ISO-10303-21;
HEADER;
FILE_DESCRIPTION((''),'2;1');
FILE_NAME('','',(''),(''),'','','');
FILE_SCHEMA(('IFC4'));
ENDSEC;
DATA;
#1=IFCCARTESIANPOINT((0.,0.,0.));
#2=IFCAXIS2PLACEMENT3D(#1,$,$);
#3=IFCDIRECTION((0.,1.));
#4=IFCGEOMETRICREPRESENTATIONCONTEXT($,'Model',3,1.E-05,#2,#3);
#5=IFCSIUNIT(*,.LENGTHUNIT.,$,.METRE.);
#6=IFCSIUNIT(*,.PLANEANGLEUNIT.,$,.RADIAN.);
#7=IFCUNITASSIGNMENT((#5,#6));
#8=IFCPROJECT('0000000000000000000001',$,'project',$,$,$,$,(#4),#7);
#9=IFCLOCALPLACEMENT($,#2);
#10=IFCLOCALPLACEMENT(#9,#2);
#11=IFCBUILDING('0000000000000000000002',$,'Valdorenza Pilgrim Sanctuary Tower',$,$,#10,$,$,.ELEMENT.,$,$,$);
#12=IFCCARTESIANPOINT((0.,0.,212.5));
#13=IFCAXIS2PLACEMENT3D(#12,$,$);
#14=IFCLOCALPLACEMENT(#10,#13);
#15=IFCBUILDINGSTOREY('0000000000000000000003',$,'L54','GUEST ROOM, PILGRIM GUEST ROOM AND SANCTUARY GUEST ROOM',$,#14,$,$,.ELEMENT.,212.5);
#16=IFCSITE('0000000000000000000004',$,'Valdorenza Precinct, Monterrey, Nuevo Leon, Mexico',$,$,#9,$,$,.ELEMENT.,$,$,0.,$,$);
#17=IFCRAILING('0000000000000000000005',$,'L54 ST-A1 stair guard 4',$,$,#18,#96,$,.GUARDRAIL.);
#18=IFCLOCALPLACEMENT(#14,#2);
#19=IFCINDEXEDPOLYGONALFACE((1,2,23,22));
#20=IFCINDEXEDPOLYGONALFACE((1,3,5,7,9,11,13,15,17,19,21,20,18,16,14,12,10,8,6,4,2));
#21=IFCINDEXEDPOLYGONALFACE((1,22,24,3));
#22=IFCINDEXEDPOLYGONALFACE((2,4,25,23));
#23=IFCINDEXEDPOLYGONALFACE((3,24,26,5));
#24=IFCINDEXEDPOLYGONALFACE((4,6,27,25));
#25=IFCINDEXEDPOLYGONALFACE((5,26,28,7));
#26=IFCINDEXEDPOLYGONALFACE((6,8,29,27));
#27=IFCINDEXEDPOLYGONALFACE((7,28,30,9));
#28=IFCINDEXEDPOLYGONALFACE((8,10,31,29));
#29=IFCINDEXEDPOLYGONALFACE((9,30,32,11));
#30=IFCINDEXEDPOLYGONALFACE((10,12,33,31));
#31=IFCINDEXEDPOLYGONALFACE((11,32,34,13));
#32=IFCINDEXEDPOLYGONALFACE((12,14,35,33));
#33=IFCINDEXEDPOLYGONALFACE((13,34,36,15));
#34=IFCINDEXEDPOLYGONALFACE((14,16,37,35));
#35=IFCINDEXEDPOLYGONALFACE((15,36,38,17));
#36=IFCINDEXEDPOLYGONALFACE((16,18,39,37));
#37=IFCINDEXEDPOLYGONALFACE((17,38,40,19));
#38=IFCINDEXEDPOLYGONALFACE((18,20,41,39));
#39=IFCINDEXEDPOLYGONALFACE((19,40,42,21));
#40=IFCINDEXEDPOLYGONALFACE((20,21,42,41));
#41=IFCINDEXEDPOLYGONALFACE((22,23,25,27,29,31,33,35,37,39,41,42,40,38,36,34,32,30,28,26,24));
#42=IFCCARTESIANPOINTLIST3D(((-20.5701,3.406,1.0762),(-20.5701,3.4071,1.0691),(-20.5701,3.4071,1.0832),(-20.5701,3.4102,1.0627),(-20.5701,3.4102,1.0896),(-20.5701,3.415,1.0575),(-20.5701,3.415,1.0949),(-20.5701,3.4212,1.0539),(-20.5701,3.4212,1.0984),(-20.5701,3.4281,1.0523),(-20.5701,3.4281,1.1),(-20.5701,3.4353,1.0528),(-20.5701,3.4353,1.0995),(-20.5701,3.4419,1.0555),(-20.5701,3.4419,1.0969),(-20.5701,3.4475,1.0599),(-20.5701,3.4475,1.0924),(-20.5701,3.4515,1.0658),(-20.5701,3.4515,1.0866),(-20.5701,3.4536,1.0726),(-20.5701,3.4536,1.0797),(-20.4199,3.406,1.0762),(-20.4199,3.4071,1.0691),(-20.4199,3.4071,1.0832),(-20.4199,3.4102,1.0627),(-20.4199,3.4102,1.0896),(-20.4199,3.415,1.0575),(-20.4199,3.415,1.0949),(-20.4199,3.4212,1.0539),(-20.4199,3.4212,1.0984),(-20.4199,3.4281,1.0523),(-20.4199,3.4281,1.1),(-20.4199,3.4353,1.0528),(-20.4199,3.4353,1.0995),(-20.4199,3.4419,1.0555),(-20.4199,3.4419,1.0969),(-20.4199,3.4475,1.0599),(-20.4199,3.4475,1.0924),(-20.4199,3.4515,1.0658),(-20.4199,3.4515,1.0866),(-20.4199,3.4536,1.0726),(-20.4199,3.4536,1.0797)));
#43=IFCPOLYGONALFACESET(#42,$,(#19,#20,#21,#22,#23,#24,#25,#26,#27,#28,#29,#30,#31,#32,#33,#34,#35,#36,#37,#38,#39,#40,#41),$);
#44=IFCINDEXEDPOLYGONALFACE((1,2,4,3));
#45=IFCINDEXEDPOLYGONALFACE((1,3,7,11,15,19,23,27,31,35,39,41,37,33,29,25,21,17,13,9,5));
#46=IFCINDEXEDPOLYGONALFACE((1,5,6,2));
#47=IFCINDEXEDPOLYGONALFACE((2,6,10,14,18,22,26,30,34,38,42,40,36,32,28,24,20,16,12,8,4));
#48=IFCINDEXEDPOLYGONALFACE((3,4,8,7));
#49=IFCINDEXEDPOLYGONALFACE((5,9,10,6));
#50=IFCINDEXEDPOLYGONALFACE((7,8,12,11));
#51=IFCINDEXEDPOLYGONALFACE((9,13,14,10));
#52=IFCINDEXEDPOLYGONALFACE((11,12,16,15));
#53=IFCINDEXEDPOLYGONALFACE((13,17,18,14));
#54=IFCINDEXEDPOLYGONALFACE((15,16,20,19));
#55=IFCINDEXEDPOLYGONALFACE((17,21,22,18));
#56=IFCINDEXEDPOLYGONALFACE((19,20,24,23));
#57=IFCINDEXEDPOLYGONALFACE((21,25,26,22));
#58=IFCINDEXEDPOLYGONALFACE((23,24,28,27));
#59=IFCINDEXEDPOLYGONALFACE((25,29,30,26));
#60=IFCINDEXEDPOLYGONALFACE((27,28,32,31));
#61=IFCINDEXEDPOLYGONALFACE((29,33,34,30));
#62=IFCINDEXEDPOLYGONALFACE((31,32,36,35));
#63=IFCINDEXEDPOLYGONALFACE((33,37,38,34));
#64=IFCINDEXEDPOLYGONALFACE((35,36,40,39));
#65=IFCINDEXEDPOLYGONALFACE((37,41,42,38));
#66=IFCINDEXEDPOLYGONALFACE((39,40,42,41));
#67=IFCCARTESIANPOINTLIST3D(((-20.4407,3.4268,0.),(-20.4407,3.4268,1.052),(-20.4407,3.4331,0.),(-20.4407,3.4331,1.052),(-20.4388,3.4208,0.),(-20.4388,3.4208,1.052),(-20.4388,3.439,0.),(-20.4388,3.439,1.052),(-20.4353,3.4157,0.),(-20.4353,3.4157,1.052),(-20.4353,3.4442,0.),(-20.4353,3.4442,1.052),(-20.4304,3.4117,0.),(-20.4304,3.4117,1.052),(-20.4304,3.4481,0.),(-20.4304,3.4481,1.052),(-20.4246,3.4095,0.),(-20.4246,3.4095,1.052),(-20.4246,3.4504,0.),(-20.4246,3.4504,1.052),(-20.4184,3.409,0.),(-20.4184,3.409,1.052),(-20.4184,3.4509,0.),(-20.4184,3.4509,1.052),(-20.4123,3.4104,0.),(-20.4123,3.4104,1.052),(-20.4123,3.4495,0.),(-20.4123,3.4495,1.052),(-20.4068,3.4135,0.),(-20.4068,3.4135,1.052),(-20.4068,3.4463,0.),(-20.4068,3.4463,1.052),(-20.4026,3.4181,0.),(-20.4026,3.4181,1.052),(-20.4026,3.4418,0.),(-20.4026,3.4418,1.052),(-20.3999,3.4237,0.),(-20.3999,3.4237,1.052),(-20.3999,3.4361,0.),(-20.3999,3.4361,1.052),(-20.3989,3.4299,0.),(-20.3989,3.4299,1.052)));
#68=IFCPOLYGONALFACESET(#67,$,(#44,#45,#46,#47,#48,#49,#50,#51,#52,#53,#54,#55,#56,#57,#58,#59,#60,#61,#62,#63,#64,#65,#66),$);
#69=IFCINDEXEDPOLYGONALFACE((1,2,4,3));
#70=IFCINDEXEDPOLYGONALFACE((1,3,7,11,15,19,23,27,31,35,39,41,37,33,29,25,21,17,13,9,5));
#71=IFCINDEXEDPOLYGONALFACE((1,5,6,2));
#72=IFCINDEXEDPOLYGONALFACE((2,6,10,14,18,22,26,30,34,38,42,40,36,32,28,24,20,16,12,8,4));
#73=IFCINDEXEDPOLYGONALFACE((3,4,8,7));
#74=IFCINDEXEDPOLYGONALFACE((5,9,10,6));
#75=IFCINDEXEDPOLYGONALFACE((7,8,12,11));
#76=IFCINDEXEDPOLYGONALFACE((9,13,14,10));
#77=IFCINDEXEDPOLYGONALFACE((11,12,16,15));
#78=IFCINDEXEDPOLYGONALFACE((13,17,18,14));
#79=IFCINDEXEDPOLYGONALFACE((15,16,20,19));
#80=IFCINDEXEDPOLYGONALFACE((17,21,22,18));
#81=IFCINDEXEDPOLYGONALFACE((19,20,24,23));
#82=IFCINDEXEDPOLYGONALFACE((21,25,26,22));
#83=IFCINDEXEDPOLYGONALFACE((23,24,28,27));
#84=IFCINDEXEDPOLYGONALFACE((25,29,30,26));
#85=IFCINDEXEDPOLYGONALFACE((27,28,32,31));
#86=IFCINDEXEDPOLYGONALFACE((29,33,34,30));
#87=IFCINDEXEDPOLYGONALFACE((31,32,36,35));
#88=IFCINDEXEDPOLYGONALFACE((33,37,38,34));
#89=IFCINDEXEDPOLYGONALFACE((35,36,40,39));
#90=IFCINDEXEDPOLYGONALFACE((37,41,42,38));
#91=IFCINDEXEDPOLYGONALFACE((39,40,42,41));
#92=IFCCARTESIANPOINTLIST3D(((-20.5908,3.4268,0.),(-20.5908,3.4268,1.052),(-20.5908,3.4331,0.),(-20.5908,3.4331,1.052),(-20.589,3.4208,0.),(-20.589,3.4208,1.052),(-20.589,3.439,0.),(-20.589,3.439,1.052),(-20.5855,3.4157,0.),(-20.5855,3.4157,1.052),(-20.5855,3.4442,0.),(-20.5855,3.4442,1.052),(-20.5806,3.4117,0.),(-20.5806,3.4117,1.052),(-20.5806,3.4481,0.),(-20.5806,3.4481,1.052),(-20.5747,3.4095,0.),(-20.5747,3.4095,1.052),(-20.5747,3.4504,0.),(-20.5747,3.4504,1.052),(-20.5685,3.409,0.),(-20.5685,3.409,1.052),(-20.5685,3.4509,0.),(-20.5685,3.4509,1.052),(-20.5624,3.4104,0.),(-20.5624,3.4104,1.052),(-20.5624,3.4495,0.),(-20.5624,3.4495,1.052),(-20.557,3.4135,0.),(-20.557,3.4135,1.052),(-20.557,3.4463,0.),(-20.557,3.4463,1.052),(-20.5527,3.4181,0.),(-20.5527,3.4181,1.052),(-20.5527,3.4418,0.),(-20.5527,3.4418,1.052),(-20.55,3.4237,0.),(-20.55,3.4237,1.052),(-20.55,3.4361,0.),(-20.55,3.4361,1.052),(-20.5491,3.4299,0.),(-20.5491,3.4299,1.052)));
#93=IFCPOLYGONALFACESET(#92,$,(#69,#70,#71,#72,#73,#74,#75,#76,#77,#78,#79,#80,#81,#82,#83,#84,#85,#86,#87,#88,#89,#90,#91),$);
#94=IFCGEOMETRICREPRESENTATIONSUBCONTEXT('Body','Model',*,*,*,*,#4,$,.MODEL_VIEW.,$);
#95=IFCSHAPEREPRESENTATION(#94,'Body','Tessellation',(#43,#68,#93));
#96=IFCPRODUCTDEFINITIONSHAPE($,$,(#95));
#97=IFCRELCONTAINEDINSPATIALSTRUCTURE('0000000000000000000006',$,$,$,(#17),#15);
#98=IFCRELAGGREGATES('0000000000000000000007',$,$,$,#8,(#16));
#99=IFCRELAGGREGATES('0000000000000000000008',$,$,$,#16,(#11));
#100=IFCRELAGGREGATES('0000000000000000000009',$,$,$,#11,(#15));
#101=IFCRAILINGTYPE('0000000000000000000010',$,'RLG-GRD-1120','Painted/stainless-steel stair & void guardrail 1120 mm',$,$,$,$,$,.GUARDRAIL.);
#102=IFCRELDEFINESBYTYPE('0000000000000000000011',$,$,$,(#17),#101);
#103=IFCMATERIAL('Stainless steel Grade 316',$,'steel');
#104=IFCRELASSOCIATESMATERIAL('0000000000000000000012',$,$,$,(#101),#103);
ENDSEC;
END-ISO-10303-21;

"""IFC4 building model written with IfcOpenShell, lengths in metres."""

from ifc_helpers import new_model, si_unit, direction, frame, origin, origin_2d, place, context, subcontext, project, spatial, circle, extrude, material, type_object, element, save


model = new_model("IFC4")

# Units and contexts
model_context = context("Model", 3, precision=1e-05, world=origin(), true_north=direction((0.0, 1.0)))
body_context = subcontext(model_context, "Body", "Model", "MODEL_VIEW")
ifc_project = project(units=[si_unit("LENGTHUNIT", "METRE"), si_unit("PLANEANGLEUNIT", "RADIAN")], contexts=[model_context])

# Site, building, storey
site_placement = place(None, origin())
site = spatial("IfcSite", under=ifc_project, at=site_placement, Name="Valdorenza Precinct, Monterrey, Nuevo Leon, Mexico", CompositionType="ELEMENT", RefElevation=0.0)
building_placement = place(site_placement, origin())
building = spatial("IfcBuilding", under=site, at=building_placement, Name="Valdorenza Pilgrim Sanctuary Tower", CompositionType="ELEMENT")
storey_placement = place(building_placement, frame((0.0, 0.0, 212.5)))
storey = spatial("IfcBuildingStorey", under=building, at=storey_placement, Name="L54", Description="GUEST ROOM, PILGRIM GUEST ROOM AND SANCTUARY GUEST ROOM", CompositionType="ELEMENT", Elevation=212.5)

# Railing
ifc_material_1 = material(Name="Stainless steel Grade 316", Category="steel")
railing_type_1 = type_object("IfcRailingType", Name="RLG-GRD-1120", Description="Painted/stainless-steel stair & void guardrail 1120 mm", PredefinedType="GUARDRAIL", material=ifc_material_1)
railing_1_placement = place(storey_placement, frame((-20.4199, 3.4299, 0.0)))
element("IfcRailing", 1, at=railing_1_placement, inside=storey, type_object=railing_type_1, Name="L54 ST-A1 stair guard 4", PredefinedType="GUARDRAIL", context=body_context, shape_type="SweptSolid", body=[
    extrude(circle(Radius=0.0239, at=origin_2d()), frame((0.0, 0.0, 1.0762), z_axis=(-1.0, 0.0, 0.0), x_axis=(0.0, -1.0, 0.0)), (0.0, 0.0, 1.0), 0.1501),
    extrude(circle(Radius=0.021, at=origin_2d()), origin(), (0.0, 0.0, 1.0), 1.052),
    extrude(circle(Radius=0.021, at=origin_2d()), frame((-0.1501, 0.0, 0.0)), (0.0, 0.0, 1.0), 1.052),
])

save(model, "model.ifc")
